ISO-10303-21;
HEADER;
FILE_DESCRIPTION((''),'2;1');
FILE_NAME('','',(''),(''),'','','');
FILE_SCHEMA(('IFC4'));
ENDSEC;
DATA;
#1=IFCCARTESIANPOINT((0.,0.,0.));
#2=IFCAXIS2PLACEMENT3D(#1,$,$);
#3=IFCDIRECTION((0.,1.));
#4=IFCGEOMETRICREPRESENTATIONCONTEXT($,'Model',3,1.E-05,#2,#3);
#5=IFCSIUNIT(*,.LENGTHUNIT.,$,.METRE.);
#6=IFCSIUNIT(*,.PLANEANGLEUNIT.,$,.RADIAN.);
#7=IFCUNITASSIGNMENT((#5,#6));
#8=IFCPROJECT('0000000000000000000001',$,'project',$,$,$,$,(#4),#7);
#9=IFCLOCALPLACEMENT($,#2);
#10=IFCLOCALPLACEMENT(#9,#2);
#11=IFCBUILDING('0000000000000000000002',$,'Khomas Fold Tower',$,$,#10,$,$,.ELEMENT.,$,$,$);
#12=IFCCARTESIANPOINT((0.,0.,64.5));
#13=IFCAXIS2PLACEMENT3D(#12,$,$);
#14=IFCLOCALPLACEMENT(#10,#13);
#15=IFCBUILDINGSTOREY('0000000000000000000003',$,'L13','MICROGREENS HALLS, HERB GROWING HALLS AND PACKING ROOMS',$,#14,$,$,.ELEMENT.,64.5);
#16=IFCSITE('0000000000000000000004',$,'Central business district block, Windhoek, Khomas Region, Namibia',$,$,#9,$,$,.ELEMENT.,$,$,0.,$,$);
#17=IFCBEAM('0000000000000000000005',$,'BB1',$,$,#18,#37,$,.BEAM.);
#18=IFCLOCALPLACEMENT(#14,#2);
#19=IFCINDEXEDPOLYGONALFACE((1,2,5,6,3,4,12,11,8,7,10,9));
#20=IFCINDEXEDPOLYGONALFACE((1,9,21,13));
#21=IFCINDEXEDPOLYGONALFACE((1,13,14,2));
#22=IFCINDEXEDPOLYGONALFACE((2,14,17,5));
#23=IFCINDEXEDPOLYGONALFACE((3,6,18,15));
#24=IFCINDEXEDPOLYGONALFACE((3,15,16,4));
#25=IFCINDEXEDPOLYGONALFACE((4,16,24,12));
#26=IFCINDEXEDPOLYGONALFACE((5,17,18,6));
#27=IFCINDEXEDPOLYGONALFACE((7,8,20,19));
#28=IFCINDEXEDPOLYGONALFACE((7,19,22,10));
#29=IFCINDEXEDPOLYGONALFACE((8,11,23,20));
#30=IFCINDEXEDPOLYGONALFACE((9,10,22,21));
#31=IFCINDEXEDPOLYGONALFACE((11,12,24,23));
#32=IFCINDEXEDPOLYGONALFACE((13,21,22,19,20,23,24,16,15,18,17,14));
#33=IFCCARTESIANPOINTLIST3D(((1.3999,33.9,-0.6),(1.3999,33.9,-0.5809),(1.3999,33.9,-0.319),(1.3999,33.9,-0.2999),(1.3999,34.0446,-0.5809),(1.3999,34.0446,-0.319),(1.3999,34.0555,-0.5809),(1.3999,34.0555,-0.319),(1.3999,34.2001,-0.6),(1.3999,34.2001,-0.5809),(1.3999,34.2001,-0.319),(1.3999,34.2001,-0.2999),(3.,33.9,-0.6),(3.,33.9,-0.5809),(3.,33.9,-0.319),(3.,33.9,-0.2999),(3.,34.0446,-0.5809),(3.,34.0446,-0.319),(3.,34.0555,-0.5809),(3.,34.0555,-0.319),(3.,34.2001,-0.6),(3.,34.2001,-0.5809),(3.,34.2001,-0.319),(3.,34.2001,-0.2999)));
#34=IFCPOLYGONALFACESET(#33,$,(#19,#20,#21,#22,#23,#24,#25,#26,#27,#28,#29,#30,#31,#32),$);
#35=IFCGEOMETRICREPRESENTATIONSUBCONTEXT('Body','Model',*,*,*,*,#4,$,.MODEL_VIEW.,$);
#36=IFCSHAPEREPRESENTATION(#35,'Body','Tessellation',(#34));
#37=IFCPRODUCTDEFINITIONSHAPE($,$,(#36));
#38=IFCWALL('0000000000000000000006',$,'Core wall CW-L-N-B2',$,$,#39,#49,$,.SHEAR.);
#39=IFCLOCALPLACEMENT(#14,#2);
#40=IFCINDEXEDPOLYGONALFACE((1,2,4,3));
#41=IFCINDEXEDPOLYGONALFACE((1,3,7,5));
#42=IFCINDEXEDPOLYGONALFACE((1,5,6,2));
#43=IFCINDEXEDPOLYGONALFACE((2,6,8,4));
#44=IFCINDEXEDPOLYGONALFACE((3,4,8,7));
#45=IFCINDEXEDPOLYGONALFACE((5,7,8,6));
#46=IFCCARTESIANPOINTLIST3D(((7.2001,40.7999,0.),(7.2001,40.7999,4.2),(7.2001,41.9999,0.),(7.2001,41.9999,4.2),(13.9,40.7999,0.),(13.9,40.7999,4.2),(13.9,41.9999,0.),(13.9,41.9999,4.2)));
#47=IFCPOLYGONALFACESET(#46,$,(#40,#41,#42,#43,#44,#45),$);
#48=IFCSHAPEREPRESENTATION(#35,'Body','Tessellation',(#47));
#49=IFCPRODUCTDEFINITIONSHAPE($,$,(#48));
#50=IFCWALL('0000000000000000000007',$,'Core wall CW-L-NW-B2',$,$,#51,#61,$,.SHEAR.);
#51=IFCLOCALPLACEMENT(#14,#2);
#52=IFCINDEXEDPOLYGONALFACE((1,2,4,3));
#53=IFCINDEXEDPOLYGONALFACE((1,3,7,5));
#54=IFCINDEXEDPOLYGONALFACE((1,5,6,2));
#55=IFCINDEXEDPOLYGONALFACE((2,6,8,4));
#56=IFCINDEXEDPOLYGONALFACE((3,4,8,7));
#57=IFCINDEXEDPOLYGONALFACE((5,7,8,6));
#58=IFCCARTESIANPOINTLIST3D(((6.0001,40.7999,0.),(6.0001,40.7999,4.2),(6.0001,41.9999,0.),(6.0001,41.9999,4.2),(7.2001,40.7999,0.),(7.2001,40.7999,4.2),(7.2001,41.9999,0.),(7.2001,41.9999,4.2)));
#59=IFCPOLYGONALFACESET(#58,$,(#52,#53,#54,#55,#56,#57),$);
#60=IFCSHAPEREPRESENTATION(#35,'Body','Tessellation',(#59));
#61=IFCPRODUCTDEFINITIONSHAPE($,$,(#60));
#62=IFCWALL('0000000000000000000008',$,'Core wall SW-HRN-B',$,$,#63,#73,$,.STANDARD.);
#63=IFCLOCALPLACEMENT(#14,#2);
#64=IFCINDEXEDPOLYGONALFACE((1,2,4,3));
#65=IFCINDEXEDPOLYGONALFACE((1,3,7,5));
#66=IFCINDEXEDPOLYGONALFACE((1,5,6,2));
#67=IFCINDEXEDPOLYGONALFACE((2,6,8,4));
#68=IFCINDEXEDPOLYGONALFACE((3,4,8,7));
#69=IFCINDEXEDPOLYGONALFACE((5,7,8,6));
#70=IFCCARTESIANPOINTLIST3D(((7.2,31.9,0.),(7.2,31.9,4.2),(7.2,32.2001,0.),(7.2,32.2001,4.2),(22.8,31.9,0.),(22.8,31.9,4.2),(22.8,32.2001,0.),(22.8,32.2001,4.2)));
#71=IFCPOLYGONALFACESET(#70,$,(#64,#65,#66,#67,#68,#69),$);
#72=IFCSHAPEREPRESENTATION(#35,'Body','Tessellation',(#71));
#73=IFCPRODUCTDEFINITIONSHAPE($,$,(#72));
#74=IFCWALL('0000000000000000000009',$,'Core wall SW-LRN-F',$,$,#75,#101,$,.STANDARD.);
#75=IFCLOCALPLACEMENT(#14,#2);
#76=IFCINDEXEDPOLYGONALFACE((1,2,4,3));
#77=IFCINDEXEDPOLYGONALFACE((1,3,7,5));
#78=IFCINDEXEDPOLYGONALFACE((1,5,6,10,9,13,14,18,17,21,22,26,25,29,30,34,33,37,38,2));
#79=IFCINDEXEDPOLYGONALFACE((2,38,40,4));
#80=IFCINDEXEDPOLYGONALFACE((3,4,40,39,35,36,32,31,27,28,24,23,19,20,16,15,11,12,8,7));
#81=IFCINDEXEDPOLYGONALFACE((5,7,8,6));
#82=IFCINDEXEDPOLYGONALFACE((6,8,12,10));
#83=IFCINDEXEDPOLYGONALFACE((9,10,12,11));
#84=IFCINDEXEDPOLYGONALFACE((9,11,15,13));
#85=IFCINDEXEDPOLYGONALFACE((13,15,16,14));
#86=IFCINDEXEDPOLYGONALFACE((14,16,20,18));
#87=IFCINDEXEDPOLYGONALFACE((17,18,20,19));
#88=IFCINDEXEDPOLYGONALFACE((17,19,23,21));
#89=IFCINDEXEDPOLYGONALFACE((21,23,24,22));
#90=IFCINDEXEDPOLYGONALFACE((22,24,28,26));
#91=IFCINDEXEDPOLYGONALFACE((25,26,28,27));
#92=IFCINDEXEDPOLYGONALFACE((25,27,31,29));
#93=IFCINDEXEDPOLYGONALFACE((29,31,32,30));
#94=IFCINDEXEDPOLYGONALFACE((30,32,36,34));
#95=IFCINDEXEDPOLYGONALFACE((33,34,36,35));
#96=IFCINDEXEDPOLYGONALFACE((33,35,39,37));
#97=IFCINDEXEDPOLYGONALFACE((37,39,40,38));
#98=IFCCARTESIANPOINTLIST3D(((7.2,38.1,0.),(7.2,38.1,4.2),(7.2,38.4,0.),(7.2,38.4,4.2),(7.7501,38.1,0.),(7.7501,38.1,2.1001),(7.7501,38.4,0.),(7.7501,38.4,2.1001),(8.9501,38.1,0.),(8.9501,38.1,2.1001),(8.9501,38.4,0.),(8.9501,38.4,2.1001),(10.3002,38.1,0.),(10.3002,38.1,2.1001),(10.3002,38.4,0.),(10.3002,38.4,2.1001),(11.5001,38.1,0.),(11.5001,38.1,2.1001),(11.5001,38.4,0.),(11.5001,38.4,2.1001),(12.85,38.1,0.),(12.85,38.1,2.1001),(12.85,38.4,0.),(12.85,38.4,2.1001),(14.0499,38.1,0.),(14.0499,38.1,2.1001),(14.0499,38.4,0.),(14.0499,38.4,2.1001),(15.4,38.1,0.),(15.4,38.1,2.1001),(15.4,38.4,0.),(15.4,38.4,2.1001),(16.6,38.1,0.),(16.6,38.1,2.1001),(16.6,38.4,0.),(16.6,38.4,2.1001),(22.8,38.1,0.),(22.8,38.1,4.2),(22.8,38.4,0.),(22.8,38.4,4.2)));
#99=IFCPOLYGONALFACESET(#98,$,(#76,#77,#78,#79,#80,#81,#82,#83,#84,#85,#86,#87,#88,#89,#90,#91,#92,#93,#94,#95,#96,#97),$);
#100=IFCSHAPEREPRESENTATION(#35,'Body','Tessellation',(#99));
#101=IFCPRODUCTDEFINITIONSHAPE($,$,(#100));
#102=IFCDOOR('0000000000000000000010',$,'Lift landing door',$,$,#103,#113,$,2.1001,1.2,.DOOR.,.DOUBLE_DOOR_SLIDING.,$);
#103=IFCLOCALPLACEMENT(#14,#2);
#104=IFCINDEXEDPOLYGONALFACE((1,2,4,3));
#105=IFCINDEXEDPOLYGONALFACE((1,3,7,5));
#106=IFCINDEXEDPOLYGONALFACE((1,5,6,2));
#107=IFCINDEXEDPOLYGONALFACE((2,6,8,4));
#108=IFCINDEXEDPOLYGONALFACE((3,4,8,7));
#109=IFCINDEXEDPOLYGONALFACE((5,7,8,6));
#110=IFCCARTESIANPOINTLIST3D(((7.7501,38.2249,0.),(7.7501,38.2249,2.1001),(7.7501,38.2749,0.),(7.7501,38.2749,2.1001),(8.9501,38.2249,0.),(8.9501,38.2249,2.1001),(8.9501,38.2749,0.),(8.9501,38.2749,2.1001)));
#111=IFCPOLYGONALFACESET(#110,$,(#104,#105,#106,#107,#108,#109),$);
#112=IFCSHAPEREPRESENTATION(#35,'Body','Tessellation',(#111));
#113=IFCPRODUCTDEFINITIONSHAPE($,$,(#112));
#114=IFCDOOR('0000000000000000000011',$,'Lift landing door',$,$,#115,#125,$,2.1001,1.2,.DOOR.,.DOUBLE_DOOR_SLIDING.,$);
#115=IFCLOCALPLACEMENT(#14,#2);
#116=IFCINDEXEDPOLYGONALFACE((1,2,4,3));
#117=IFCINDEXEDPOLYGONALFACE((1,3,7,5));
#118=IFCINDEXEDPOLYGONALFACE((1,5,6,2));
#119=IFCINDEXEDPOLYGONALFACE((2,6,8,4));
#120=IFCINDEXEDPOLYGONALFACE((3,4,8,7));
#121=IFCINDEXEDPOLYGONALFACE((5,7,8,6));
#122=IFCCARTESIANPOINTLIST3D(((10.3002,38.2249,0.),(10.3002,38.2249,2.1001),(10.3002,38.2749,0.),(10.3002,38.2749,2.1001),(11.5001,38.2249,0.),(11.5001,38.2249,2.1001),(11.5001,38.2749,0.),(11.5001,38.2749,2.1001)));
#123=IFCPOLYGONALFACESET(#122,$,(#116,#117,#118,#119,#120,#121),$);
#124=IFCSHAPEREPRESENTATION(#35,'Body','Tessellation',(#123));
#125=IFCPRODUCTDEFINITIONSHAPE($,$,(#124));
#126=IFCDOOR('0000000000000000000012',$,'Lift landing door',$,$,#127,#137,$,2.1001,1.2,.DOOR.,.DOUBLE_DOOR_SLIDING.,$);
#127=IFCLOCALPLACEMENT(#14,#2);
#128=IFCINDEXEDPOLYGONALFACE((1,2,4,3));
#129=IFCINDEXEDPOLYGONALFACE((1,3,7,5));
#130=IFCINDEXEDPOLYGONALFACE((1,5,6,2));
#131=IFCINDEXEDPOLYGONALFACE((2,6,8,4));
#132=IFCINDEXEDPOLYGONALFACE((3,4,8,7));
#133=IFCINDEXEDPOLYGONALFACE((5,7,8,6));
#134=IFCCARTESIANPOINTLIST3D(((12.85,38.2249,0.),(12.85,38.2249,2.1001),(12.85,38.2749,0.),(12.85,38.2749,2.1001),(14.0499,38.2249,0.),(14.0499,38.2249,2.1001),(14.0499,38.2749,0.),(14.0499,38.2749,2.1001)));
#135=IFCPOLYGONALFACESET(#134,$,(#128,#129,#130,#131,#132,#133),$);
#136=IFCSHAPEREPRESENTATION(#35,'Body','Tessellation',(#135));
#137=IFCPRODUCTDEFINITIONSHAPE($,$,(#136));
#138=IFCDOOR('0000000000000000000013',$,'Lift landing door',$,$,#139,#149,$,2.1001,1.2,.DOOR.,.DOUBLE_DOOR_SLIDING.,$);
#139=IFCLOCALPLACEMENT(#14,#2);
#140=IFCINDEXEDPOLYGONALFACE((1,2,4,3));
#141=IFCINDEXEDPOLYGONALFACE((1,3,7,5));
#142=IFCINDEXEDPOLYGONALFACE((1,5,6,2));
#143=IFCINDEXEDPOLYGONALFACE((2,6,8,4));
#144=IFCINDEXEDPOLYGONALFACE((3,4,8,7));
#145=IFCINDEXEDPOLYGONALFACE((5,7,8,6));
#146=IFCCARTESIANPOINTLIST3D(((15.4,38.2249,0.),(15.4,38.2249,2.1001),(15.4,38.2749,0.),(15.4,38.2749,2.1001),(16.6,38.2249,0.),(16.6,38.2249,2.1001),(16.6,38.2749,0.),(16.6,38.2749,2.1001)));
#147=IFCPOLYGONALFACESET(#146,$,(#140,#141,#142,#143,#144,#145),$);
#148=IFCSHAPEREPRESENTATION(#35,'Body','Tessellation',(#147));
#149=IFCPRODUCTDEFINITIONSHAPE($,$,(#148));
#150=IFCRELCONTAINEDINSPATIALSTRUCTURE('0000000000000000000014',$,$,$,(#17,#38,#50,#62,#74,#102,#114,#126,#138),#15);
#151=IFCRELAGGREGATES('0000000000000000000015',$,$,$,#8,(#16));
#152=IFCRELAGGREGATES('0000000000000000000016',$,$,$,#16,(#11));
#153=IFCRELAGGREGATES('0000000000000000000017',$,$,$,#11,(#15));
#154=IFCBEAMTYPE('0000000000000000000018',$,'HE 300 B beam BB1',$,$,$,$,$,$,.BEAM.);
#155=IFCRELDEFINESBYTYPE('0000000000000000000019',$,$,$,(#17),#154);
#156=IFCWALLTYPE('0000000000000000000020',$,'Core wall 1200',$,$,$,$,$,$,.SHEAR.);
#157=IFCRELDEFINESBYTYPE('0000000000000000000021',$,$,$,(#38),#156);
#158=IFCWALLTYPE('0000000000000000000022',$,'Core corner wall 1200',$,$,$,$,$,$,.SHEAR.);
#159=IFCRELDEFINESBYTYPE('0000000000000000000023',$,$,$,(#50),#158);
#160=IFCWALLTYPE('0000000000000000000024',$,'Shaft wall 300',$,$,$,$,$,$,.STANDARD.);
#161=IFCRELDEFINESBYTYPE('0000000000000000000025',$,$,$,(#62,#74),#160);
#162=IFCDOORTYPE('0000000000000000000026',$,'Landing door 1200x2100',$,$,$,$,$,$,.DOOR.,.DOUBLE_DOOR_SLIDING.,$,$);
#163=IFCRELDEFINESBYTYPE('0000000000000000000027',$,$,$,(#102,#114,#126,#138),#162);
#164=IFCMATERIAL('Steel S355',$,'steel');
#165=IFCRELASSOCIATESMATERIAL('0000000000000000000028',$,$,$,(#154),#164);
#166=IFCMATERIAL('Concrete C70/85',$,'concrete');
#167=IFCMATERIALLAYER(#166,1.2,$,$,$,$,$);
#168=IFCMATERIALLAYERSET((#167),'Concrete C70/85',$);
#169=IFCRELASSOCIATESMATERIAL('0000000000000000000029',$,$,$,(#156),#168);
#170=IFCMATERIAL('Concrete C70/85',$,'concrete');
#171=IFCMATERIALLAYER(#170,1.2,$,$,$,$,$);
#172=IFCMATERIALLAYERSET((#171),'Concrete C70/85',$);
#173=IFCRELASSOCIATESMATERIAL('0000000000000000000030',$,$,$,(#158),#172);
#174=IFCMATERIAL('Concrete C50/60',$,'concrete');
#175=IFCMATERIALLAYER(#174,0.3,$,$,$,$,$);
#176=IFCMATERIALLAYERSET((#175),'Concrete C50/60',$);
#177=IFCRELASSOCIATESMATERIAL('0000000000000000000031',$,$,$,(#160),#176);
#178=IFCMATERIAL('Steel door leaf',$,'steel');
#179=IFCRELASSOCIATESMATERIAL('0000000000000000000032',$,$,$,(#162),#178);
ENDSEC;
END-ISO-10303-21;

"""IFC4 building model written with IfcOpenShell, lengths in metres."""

from ifc_helpers import new_model, si_unit, direction, frame, frame_2d, origin, origin_2d, place, context, subcontext, project, spatial, rectangle, i_section, extrude, source, transform, mapped, material, layer, layer_set, material_profile, profile_set, type_object, element, fill, save


model = new_model("IFC4")

# Units and contexts
model_context = context("Model", 3, precision=1e-05, world=origin(), true_north=direction((0.0, 1.0)))
body_context = subcontext(model_context, "Body", "Model", "MODEL_VIEW")
ifc_project = project(units=[si_unit("LENGTHUNIT", "METRE"), si_unit("PLANEANGLEUNIT", "RADIAN")], contexts=[model_context])

# Site, building, storey
site_placement = place(None, origin())
site = spatial("IfcSite", under=ifc_project, at=site_placement, Name="Central business district block, Windhoek, Khomas Region, Namibia", CompositionType="ELEMENT", RefElevation=0.0)
building_placement = place(site_placement, origin())
building = spatial("IfcBuilding", under=site, at=building_placement, Name="Khomas Fold Tower", CompositionType="ELEMENT")
storey_placement = place(building_placement, frame((0.0, 0.0, 64.5)))
storey = spatial("IfcBuildingStorey", under=building, at=storey_placement, Name="L13", Description="MICROGREENS HALLS, HERB GROWING HALLS AND PACKING ROOMS", CompositionType="ELEMENT", Elevation=64.5)

# Beam
ifc_material_1 = material(Name="Steel S355", Category="steel")
ifc_material_profile = material_profile(ifc_material_1, i_section(OverallWidth=0.3, OverallDepth=0.3, WebThickness=0.011, FlangeThickness=0.019, at=origin_2d()), Name="HE 300 B")
ifc_profile_set = profile_set([ifc_material_profile], Name="Steel S355")
beam_type = type_object("IfcBeamType", Name="HE 300 B beam BB1", PredefinedType="BEAM", material=ifc_profile_set)
shared_shape_1 = source(origin(), body_context, "Body", "SweptSolid", [
    extrude(i_section(OverallWidth=0.3, OverallDepth=0.3, WebThickness=0.011, FlangeThickness=0.019, at=origin_2d()), origin(), (0.0, 0.0, 1.0), 1.6001),
])
beam_placement = place(storey_placement, frame((1.3999, 34.05, -0.45), z_axis=(1.0, 0.0, 0.0), x_axis=(0.0, 1.0, 0.0)))
element("IfcBeam", 1, at=beam_placement, inside=storey, type_object=beam_type, Name="BB1", PredefinedType="BEAM", context=body_context, shape_type="MappedRepresentation", body=[
    mapped(shared_shape_1, transform((0.0, 0.0, 0.0))),
])

# Walls
ifc_material_2 = material(Name="Concrete C70/85", Category="concrete")
ifc_layer_1 = layer(ifc_material_2, 1.2)
ifc_layer_set_1 = layer_set([ifc_layer_1], Name="Concrete C70/85")
wall_type_1 = type_object("IfcWallType", Name="Core wall 1200", PredefinedType="SHEAR", material=ifc_layer_set_1)
shared_shape_2 = source(origin(), body_context, "Body", "SweptSolid", [
    extrude(rectangle(XDim=6.7, YDim=1.2, at=frame_2d((3.3501, 0.0))), origin(), (0.0, 0.0, 1.0), 4.2),
])
wall_1_placement = place(storey_placement, frame((7.2, 41.3999, 0.0), z_axis=(0.0, 0.0, 1.0), x_axis=(1.0, 0.0, 0.0)))
element("IfcWall", 2, at=wall_1_placement, inside=storey, type_object=wall_type_1, Name="Core wall CW-L-N-B2", PredefinedType="SHEAR", context=body_context, shape_type="MappedRepresentation", body=[
    mapped(shared_shape_2, transform((0.0, 0.0, 0.0))),
])
ifc_material_3 = material(Name="Concrete C70/85", Category="concrete")
ifc_layer_2 = layer(ifc_material_3, 1.2)
ifc_layer_set_2 = layer_set([ifc_layer_2], Name="Concrete C70/85")
wall_type_2 = type_object("IfcWallType", Name="Core corner wall 1200", PredefinedType="SHEAR", material=ifc_layer_set_2)
shared_shape_3 = source(origin(), body_context, "Body", "SweptSolid", [
    extrude(rectangle(XDim=1.2, YDim=1.2, at=frame_2d((0.6001, 0.0))), origin(), (0.0, 0.0, 1.0), 4.2),
])
wall_2_placement = place(storey_placement, frame((6.0, 41.3999, 0.0), z_axis=(0.0, 0.0, 1.0), x_axis=(1.0, 0.0, 0.0)))
element("IfcWall", 3, at=wall_2_placement, inside=storey, type_object=wall_type_2, Name="Core wall CW-L-NW-B2", PredefinedType="SHEAR", context=body_context, shape_type="MappedRepresentation", body=[
    mapped(shared_shape_3, transform((0.0, 0.0, 0.0))),
])
ifc_material_4 = material(Name="Concrete C50/60", Category="concrete")
ifc_layer_3 = layer(ifc_material_4, 0.3)
ifc_layer_set_3 = layer_set([ifc_layer_3], Name="Concrete C50/60")
wall_type_3 = type_object("IfcWallType", Name="Shaft wall 300", PredefinedType="STANDARD", material=ifc_layer_set_3)
shared_shape_4 = source(origin(), body_context, "Body", "SweptSolid", [
    extrude(rectangle(XDim=15.6001, YDim=0.3, at=frame_2d((7.8, 0.0))), origin(), (0.0, 0.0, 1.0), 4.2),
])
wall_3_placement = place(storey_placement, frame((7.2, 32.05, 0.0), z_axis=(0.0, 0.0, 1.0), x_axis=(1.0, 0.0, 0.0)))
element("IfcWall", 4, at=wall_3_placement, inside=storey, type_object=wall_type_3, Name="Core wall SW-HRN-B", PredefinedType="STANDARD", context=body_context, shape_type="MappedRepresentation", body=[
    mapped(shared_shape_4, transform((0.0, 0.0, 0.0))),
])

# Wall, openings, doors
wall_4_placement = place(storey_placement, frame((7.2, 38.25, 0.0), z_axis=(0.0, 0.0, 1.0), x_axis=(1.0, 0.0, 0.0)))
wall_4 = element("IfcWall", 5, at=wall_4_placement, inside=storey, type_object=wall_type_3, Name="Core wall SW-LRN-F", PredefinedType="STANDARD", context=body_context, shape_type="MappedRepresentation", body=[
    mapped(shared_shape_4, transform((0.0, 0.0, 0.0))),
])
shared_shape_5 = source(origin(), body_context, "Body", "SweptSolid", [
    extrude(rectangle(XDim=1.2, YDim=2.1001, at=frame_2d((0.6001, 1.05))), frame((0.0, 0.1599, 0.0), z_axis=(0.0, -1.0, 0.0), x_axis=(1.0, 0.0, 0.0)), (0.0, 0.0, 1.0), 0.3201),
])
opening_1_placement = place(wall_4_placement, frame((0.55, 0.0, 0.0)))
opening_1 = element("IfcOpeningElement", 6, at=opening_1_placement, cuts=wall_4, PredefinedType="OPENING", context=body_context, shape_type="MappedRepresentation", body=[
    mapped(shared_shape_5, transform((0.0, 0.0, 0.0))),
])
opening_2_placement = place(wall_4_placement, frame((3.1001, 0.0, 0.0)))
opening_2 = element("IfcOpeningElement", 7, at=opening_2_placement, cuts=wall_4, PredefinedType="OPENING", context=body_context, shape_type="MappedRepresentation", body=[
    mapped(shared_shape_5, transform((0.0, 0.0, 0.0))),
])
opening_3_placement = place(wall_4_placement, frame((5.6499, 0.0, 0.0)))
opening_3 = element("IfcOpeningElement", 8, at=opening_3_placement, cuts=wall_4, PredefinedType="OPENING", context=body_context, shape_type="MappedRepresentation", body=[
    mapped(shared_shape_5, transform((0.0, 0.0, 0.0))),
])
opening_4_placement = place(wall_4_placement, frame((8.2, 0.0, 0.0)))
opening_4 = element("IfcOpeningElement", 9, at=opening_4_placement, cuts=wall_4, PredefinedType="OPENING", context=body_context, shape_type="MappedRepresentation", body=[
    mapped(shared_shape_5, transform((0.0, 0.0, 0.0))),
])
ifc_material_5 = material(Name="Steel door leaf", Category="steel")
door_type_1 = type_object("IfcDoorType", Name="Landing door 1200x2100", OperationType="DOUBLE_DOOR_SLIDING", PredefinedType="DOOR", material=ifc_material_5)
shared_shape_6 = source(origin(), body_context, "Body", "SweptSolid", [
    extrude(rectangle(XDim=1.2, YDim=2.1001, at=frame_2d((0.6001, 1.05))), frame((0.0, 0.0249, 0.0), z_axis=(0.0, -1.0, 0.0), x_axis=(1.0, 0.0, 0.0)), (0.0, 0.0, 1.0), 0.05),
])
door_1_placement = place(opening_1_placement, origin())
door_1 = element("IfcDoor", 10, at=door_1_placement, inside=storey, type_object=door_type_1, Name="Lift landing door", OperationType="DOUBLE_DOOR_SLIDING", OverallHeight=2.1001, OverallWidth=1.2, PredefinedType="DOOR", context=body_context, shape_type="MappedRepresentation", body=[
    mapped(shared_shape_6, transform((0.0, 0.0, 0.0))),
])
fill(opening_1, door_1)
door_2_placement = place(opening_2_placement, origin())
door_2 = element("IfcDoor", 11, at=door_2_placement, inside=storey, type_object=door_type_1, Name="Lift landing door", OperationType="DOUBLE_DOOR_SLIDING", OverallHeight=2.1001, OverallWidth=1.2, PredefinedType="DOOR", context=body_context, shape_type="MappedRepresentation", body=[
    mapped(shared_shape_6, transform((0.0, 0.0, 0.0))),
])
fill(opening_2, door_2)
door_3_placement = place(opening_3_placement, origin())
door_3 = element("IfcDoor", 12, at=door_3_placement, inside=storey, type_object=door_type_1, Name="Lift landing door", OperationType="DOUBLE_DOOR_SLIDING", OverallHeight=2.1001, OverallWidth=1.2, PredefinedType="DOOR", context=body_context, shape_type="MappedRepresentation", body=[
    mapped(shared_shape_6, transform((0.0, 0.0, 0.0))),
])
fill(opening_3, door_3)
door_4_placement = place(opening_4_placement, origin())
door_4 = element("IfcDoor", 13, at=door_4_placement, inside=storey, type_object=door_type_1, Name="Lift landing door", OperationType="DOUBLE_DOOR_SLIDING", OverallHeight=2.1001, OverallWidth=1.2, PredefinedType="DOOR", context=body_context, shape_type="MappedRepresentation", body=[
    mapped(shared_shape_6, transform((0.0, 0.0, 0.0))),
])
fill(opening_4, door_4)

save(model, "model.ifc")
